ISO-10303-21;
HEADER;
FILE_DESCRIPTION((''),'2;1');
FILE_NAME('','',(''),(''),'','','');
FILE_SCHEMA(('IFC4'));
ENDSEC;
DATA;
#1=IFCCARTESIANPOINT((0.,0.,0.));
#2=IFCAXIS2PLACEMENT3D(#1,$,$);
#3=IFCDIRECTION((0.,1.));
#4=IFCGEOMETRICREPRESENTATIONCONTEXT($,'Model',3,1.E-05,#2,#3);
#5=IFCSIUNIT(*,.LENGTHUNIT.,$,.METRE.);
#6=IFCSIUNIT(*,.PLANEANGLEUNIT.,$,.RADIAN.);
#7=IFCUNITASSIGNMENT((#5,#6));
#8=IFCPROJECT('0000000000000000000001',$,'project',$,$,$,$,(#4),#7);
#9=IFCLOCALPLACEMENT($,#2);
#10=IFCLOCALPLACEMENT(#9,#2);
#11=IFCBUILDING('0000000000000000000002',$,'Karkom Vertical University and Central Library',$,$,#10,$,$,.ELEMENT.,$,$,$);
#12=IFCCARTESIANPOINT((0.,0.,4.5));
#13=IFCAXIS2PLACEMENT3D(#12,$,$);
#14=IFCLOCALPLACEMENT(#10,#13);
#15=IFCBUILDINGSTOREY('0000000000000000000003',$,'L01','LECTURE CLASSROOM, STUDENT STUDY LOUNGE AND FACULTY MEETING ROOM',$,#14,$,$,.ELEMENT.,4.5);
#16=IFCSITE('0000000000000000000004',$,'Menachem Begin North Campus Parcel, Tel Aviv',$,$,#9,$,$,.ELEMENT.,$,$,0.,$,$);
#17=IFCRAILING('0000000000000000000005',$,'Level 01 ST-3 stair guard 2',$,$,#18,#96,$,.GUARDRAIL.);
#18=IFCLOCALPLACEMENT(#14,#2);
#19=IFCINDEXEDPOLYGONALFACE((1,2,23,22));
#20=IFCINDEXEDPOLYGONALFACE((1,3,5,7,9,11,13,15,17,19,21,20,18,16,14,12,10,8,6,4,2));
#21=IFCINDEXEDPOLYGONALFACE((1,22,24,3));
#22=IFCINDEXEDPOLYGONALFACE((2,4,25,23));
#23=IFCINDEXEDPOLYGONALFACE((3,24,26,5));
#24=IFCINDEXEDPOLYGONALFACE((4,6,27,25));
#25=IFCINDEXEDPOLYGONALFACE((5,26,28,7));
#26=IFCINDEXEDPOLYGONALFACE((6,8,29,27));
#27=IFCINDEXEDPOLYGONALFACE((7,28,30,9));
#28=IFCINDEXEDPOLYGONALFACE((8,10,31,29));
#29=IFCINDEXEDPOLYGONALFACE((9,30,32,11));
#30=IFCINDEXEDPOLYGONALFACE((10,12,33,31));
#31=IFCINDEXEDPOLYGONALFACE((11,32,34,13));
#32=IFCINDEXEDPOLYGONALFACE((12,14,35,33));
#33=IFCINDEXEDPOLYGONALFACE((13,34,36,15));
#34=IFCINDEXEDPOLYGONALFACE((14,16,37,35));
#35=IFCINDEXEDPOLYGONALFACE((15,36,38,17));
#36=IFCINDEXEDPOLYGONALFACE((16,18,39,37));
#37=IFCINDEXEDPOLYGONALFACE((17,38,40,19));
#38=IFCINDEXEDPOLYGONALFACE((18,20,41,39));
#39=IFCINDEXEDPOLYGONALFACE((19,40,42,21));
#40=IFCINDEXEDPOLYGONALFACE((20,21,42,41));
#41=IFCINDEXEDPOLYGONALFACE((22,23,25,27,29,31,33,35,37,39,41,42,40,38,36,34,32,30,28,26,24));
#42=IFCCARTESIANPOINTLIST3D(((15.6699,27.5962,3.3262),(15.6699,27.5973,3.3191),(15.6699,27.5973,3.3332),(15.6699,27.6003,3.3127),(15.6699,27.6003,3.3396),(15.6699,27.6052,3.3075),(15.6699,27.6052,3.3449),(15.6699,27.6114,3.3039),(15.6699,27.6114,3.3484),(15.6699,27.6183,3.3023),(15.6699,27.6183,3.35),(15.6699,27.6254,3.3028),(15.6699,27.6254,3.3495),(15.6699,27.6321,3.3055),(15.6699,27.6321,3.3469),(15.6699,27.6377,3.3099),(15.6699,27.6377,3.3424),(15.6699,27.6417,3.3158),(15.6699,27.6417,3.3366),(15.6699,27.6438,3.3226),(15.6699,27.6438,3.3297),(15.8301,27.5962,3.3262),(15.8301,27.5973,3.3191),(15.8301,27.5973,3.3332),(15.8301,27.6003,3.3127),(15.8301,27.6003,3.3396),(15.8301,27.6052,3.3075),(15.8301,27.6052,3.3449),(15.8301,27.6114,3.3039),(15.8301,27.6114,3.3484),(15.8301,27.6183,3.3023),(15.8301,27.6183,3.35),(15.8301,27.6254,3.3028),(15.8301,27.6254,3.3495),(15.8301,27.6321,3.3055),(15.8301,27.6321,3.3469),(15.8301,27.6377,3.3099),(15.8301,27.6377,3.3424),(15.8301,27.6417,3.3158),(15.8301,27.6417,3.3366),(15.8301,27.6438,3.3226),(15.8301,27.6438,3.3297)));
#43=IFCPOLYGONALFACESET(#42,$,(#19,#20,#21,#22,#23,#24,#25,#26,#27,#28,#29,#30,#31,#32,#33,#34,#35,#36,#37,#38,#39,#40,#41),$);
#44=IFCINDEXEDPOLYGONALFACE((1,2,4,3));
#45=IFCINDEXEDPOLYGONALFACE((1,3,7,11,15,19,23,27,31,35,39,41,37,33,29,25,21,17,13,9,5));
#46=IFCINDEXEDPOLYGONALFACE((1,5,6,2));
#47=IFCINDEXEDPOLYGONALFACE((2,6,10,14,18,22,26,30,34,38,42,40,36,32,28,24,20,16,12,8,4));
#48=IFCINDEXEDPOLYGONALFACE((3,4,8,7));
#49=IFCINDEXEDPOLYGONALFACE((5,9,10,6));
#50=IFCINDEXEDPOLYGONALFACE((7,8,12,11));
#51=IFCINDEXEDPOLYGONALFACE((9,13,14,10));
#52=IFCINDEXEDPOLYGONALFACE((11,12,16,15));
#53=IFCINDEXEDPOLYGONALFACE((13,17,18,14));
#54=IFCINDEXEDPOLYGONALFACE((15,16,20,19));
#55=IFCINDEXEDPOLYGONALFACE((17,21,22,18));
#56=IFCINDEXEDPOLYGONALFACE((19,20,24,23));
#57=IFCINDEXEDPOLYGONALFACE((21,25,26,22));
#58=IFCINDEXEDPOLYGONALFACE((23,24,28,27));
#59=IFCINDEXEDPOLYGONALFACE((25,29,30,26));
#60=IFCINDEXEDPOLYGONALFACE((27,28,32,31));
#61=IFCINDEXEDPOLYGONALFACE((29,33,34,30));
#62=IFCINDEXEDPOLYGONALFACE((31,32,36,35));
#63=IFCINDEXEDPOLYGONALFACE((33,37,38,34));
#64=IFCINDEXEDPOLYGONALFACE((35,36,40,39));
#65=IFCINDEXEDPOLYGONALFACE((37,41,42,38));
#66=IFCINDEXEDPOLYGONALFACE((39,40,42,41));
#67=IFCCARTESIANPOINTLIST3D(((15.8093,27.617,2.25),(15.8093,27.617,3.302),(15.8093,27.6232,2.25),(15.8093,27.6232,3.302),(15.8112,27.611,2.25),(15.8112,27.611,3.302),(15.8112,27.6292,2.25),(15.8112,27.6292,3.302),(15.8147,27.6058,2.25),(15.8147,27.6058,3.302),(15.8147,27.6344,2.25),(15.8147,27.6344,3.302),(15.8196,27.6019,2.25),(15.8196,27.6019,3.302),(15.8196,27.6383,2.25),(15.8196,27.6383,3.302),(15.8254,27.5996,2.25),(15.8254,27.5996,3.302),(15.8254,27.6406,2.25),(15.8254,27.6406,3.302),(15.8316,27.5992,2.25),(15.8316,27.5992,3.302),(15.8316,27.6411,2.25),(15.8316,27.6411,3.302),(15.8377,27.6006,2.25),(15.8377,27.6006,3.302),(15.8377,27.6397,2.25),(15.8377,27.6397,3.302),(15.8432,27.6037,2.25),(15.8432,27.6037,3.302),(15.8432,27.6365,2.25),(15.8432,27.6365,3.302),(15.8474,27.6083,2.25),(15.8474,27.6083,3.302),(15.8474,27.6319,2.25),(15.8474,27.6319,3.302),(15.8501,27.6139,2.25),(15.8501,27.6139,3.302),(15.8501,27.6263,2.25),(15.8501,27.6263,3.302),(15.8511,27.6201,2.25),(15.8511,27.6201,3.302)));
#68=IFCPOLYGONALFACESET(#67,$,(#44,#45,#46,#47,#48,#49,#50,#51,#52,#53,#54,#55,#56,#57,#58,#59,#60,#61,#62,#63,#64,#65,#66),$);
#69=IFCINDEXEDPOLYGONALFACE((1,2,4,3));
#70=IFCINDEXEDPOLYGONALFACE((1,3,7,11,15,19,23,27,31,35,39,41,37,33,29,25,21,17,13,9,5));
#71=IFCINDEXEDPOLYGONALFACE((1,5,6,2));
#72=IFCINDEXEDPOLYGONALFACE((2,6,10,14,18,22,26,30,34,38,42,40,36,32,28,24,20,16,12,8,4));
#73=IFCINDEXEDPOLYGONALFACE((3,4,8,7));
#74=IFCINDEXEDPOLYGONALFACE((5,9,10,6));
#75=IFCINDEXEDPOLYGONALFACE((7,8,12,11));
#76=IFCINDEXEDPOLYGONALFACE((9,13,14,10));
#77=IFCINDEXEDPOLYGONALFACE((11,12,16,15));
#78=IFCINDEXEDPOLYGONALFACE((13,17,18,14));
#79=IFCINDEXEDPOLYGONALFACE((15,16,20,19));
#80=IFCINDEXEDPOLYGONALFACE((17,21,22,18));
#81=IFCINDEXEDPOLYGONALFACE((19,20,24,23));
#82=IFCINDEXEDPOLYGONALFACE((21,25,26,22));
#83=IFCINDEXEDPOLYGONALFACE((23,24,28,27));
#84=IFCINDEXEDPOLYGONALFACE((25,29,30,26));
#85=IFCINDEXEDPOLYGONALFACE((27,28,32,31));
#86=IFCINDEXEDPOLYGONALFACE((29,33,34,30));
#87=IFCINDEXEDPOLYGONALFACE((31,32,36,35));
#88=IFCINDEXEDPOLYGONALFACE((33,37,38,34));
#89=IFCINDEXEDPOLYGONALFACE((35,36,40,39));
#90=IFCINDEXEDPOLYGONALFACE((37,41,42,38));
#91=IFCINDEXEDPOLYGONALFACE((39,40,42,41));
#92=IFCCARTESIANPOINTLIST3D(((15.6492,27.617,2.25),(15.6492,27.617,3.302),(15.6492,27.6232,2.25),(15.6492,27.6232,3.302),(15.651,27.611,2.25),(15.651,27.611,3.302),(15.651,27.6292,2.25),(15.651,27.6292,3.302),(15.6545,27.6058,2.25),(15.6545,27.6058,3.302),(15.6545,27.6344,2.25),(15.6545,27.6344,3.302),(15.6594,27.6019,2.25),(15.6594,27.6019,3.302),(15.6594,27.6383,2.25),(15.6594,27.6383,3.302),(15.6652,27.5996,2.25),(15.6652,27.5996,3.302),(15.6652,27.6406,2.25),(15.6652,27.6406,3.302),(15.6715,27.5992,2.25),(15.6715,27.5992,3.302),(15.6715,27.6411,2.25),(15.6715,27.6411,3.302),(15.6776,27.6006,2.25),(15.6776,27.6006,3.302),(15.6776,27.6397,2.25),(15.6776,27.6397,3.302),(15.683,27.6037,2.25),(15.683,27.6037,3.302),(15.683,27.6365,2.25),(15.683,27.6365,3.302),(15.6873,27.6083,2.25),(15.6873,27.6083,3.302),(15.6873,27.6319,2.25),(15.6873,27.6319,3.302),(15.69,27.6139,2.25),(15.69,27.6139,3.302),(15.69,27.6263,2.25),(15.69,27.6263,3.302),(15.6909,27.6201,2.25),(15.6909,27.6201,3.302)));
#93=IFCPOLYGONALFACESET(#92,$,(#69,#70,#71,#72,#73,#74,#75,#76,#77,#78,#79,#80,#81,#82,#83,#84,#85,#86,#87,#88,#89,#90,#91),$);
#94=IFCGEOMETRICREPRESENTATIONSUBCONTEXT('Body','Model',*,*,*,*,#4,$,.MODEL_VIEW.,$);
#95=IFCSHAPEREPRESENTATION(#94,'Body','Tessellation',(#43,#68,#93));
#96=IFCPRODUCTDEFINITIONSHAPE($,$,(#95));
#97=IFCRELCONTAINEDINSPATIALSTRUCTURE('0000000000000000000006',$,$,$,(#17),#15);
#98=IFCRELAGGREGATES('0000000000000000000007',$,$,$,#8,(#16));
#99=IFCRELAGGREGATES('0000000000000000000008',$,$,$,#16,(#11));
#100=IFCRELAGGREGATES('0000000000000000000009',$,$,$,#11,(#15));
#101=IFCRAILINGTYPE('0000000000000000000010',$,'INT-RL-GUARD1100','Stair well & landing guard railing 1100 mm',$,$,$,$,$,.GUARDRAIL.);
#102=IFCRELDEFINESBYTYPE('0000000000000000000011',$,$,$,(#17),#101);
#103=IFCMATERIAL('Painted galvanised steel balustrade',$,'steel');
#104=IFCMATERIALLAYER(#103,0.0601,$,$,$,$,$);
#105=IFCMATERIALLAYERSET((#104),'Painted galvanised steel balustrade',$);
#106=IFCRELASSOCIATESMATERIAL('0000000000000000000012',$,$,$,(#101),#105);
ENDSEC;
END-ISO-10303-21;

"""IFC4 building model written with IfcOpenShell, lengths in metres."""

from ifc_helpers import new_model, si_unit, direction, frame, origin, origin_2d, place, context, subcontext, project, spatial, circle, extrude, material, layer, layer_set, type_object, element, save


model = new_model("IFC4")

# Units and contexts
model_context = context("Model", 3, precision=1e-05, world=origin(), true_north=direction((0.0, 1.0)))
body_context = subcontext(model_context, "Body", "Model", "MODEL_VIEW")
ifc_project = project(units=[si_unit("LENGTHUNIT", "METRE"), si_unit("PLANEANGLEUNIT", "RADIAN")], contexts=[model_context])

# Site, building, storey
site_placement = place(None, origin())
site = spatial("IfcSite", under=ifc_project, at=site_placement, Name="Menachem Begin North Campus Parcel, Tel Aviv", CompositionType="ELEMENT", RefElevation=0.0)
building_placement = place(site_placement, origin())
building = spatial("IfcBuilding", under=site, at=building_placement, Name="Karkom Vertical University and Central Library", CompositionType="ELEMENT")
storey_placement = place(building_placement, frame((0.0, 0.0, 4.5)))
storey = spatial("IfcBuildingStorey", under=building, at=storey_placement, Name="L01", Description="LECTURE CLASSROOM, STUDENT STUDY LOUNGE AND FACULTY MEETING ROOM", CompositionType="ELEMENT", Elevation=4.5)

# Railing
ifc_material_1 = material(Name="Painted galvanised steel balustrade", Category="steel")
ifc_layer_1 = layer(ifc_material_1, 0.0601)
ifc_layer_set_1 = layer_set([ifc_layer_1], Name="Painted galvanised steel balustrade")
railing_type_1 = type_object("IfcRailingType", Name="INT-RL-GUARD1100", Description="Stair well & landing guard railing 1100 mm", PredefinedType="GUARDRAIL", material=ifc_layer_set_1)
railing_1_placement = place(storey_placement, frame((15.8301, 27.6201, 2.25)))
element("IfcRailing", 1, at=railing_1_placement, inside=storey, type_object=railing_type_1, Name="Level 01 ST-3 stair guard 2", PredefinedType="GUARDRAIL", context=body_context, shape_type="SweptSolid", body=[
    extrude(circle(Radius=0.0239, at=origin_2d()), frame((0.0, 0.0, 1.0762), z_axis=(-1.0, 0.0, 0.0), x_axis=(0.0, -1.0, 0.0)), (0.0, 0.0, 1.0), 0.1602),
    extrude(circle(Radius=0.021, at=origin_2d()), origin(), (0.0, 0.0, 1.0), 1.052),
    extrude(circle(Radius=0.021, at=origin_2d()), frame((-0.1602, 0.0, 0.0)), (0.0, 0.0, 1.0), 1.052),
])

save(model, "model.ifc")
